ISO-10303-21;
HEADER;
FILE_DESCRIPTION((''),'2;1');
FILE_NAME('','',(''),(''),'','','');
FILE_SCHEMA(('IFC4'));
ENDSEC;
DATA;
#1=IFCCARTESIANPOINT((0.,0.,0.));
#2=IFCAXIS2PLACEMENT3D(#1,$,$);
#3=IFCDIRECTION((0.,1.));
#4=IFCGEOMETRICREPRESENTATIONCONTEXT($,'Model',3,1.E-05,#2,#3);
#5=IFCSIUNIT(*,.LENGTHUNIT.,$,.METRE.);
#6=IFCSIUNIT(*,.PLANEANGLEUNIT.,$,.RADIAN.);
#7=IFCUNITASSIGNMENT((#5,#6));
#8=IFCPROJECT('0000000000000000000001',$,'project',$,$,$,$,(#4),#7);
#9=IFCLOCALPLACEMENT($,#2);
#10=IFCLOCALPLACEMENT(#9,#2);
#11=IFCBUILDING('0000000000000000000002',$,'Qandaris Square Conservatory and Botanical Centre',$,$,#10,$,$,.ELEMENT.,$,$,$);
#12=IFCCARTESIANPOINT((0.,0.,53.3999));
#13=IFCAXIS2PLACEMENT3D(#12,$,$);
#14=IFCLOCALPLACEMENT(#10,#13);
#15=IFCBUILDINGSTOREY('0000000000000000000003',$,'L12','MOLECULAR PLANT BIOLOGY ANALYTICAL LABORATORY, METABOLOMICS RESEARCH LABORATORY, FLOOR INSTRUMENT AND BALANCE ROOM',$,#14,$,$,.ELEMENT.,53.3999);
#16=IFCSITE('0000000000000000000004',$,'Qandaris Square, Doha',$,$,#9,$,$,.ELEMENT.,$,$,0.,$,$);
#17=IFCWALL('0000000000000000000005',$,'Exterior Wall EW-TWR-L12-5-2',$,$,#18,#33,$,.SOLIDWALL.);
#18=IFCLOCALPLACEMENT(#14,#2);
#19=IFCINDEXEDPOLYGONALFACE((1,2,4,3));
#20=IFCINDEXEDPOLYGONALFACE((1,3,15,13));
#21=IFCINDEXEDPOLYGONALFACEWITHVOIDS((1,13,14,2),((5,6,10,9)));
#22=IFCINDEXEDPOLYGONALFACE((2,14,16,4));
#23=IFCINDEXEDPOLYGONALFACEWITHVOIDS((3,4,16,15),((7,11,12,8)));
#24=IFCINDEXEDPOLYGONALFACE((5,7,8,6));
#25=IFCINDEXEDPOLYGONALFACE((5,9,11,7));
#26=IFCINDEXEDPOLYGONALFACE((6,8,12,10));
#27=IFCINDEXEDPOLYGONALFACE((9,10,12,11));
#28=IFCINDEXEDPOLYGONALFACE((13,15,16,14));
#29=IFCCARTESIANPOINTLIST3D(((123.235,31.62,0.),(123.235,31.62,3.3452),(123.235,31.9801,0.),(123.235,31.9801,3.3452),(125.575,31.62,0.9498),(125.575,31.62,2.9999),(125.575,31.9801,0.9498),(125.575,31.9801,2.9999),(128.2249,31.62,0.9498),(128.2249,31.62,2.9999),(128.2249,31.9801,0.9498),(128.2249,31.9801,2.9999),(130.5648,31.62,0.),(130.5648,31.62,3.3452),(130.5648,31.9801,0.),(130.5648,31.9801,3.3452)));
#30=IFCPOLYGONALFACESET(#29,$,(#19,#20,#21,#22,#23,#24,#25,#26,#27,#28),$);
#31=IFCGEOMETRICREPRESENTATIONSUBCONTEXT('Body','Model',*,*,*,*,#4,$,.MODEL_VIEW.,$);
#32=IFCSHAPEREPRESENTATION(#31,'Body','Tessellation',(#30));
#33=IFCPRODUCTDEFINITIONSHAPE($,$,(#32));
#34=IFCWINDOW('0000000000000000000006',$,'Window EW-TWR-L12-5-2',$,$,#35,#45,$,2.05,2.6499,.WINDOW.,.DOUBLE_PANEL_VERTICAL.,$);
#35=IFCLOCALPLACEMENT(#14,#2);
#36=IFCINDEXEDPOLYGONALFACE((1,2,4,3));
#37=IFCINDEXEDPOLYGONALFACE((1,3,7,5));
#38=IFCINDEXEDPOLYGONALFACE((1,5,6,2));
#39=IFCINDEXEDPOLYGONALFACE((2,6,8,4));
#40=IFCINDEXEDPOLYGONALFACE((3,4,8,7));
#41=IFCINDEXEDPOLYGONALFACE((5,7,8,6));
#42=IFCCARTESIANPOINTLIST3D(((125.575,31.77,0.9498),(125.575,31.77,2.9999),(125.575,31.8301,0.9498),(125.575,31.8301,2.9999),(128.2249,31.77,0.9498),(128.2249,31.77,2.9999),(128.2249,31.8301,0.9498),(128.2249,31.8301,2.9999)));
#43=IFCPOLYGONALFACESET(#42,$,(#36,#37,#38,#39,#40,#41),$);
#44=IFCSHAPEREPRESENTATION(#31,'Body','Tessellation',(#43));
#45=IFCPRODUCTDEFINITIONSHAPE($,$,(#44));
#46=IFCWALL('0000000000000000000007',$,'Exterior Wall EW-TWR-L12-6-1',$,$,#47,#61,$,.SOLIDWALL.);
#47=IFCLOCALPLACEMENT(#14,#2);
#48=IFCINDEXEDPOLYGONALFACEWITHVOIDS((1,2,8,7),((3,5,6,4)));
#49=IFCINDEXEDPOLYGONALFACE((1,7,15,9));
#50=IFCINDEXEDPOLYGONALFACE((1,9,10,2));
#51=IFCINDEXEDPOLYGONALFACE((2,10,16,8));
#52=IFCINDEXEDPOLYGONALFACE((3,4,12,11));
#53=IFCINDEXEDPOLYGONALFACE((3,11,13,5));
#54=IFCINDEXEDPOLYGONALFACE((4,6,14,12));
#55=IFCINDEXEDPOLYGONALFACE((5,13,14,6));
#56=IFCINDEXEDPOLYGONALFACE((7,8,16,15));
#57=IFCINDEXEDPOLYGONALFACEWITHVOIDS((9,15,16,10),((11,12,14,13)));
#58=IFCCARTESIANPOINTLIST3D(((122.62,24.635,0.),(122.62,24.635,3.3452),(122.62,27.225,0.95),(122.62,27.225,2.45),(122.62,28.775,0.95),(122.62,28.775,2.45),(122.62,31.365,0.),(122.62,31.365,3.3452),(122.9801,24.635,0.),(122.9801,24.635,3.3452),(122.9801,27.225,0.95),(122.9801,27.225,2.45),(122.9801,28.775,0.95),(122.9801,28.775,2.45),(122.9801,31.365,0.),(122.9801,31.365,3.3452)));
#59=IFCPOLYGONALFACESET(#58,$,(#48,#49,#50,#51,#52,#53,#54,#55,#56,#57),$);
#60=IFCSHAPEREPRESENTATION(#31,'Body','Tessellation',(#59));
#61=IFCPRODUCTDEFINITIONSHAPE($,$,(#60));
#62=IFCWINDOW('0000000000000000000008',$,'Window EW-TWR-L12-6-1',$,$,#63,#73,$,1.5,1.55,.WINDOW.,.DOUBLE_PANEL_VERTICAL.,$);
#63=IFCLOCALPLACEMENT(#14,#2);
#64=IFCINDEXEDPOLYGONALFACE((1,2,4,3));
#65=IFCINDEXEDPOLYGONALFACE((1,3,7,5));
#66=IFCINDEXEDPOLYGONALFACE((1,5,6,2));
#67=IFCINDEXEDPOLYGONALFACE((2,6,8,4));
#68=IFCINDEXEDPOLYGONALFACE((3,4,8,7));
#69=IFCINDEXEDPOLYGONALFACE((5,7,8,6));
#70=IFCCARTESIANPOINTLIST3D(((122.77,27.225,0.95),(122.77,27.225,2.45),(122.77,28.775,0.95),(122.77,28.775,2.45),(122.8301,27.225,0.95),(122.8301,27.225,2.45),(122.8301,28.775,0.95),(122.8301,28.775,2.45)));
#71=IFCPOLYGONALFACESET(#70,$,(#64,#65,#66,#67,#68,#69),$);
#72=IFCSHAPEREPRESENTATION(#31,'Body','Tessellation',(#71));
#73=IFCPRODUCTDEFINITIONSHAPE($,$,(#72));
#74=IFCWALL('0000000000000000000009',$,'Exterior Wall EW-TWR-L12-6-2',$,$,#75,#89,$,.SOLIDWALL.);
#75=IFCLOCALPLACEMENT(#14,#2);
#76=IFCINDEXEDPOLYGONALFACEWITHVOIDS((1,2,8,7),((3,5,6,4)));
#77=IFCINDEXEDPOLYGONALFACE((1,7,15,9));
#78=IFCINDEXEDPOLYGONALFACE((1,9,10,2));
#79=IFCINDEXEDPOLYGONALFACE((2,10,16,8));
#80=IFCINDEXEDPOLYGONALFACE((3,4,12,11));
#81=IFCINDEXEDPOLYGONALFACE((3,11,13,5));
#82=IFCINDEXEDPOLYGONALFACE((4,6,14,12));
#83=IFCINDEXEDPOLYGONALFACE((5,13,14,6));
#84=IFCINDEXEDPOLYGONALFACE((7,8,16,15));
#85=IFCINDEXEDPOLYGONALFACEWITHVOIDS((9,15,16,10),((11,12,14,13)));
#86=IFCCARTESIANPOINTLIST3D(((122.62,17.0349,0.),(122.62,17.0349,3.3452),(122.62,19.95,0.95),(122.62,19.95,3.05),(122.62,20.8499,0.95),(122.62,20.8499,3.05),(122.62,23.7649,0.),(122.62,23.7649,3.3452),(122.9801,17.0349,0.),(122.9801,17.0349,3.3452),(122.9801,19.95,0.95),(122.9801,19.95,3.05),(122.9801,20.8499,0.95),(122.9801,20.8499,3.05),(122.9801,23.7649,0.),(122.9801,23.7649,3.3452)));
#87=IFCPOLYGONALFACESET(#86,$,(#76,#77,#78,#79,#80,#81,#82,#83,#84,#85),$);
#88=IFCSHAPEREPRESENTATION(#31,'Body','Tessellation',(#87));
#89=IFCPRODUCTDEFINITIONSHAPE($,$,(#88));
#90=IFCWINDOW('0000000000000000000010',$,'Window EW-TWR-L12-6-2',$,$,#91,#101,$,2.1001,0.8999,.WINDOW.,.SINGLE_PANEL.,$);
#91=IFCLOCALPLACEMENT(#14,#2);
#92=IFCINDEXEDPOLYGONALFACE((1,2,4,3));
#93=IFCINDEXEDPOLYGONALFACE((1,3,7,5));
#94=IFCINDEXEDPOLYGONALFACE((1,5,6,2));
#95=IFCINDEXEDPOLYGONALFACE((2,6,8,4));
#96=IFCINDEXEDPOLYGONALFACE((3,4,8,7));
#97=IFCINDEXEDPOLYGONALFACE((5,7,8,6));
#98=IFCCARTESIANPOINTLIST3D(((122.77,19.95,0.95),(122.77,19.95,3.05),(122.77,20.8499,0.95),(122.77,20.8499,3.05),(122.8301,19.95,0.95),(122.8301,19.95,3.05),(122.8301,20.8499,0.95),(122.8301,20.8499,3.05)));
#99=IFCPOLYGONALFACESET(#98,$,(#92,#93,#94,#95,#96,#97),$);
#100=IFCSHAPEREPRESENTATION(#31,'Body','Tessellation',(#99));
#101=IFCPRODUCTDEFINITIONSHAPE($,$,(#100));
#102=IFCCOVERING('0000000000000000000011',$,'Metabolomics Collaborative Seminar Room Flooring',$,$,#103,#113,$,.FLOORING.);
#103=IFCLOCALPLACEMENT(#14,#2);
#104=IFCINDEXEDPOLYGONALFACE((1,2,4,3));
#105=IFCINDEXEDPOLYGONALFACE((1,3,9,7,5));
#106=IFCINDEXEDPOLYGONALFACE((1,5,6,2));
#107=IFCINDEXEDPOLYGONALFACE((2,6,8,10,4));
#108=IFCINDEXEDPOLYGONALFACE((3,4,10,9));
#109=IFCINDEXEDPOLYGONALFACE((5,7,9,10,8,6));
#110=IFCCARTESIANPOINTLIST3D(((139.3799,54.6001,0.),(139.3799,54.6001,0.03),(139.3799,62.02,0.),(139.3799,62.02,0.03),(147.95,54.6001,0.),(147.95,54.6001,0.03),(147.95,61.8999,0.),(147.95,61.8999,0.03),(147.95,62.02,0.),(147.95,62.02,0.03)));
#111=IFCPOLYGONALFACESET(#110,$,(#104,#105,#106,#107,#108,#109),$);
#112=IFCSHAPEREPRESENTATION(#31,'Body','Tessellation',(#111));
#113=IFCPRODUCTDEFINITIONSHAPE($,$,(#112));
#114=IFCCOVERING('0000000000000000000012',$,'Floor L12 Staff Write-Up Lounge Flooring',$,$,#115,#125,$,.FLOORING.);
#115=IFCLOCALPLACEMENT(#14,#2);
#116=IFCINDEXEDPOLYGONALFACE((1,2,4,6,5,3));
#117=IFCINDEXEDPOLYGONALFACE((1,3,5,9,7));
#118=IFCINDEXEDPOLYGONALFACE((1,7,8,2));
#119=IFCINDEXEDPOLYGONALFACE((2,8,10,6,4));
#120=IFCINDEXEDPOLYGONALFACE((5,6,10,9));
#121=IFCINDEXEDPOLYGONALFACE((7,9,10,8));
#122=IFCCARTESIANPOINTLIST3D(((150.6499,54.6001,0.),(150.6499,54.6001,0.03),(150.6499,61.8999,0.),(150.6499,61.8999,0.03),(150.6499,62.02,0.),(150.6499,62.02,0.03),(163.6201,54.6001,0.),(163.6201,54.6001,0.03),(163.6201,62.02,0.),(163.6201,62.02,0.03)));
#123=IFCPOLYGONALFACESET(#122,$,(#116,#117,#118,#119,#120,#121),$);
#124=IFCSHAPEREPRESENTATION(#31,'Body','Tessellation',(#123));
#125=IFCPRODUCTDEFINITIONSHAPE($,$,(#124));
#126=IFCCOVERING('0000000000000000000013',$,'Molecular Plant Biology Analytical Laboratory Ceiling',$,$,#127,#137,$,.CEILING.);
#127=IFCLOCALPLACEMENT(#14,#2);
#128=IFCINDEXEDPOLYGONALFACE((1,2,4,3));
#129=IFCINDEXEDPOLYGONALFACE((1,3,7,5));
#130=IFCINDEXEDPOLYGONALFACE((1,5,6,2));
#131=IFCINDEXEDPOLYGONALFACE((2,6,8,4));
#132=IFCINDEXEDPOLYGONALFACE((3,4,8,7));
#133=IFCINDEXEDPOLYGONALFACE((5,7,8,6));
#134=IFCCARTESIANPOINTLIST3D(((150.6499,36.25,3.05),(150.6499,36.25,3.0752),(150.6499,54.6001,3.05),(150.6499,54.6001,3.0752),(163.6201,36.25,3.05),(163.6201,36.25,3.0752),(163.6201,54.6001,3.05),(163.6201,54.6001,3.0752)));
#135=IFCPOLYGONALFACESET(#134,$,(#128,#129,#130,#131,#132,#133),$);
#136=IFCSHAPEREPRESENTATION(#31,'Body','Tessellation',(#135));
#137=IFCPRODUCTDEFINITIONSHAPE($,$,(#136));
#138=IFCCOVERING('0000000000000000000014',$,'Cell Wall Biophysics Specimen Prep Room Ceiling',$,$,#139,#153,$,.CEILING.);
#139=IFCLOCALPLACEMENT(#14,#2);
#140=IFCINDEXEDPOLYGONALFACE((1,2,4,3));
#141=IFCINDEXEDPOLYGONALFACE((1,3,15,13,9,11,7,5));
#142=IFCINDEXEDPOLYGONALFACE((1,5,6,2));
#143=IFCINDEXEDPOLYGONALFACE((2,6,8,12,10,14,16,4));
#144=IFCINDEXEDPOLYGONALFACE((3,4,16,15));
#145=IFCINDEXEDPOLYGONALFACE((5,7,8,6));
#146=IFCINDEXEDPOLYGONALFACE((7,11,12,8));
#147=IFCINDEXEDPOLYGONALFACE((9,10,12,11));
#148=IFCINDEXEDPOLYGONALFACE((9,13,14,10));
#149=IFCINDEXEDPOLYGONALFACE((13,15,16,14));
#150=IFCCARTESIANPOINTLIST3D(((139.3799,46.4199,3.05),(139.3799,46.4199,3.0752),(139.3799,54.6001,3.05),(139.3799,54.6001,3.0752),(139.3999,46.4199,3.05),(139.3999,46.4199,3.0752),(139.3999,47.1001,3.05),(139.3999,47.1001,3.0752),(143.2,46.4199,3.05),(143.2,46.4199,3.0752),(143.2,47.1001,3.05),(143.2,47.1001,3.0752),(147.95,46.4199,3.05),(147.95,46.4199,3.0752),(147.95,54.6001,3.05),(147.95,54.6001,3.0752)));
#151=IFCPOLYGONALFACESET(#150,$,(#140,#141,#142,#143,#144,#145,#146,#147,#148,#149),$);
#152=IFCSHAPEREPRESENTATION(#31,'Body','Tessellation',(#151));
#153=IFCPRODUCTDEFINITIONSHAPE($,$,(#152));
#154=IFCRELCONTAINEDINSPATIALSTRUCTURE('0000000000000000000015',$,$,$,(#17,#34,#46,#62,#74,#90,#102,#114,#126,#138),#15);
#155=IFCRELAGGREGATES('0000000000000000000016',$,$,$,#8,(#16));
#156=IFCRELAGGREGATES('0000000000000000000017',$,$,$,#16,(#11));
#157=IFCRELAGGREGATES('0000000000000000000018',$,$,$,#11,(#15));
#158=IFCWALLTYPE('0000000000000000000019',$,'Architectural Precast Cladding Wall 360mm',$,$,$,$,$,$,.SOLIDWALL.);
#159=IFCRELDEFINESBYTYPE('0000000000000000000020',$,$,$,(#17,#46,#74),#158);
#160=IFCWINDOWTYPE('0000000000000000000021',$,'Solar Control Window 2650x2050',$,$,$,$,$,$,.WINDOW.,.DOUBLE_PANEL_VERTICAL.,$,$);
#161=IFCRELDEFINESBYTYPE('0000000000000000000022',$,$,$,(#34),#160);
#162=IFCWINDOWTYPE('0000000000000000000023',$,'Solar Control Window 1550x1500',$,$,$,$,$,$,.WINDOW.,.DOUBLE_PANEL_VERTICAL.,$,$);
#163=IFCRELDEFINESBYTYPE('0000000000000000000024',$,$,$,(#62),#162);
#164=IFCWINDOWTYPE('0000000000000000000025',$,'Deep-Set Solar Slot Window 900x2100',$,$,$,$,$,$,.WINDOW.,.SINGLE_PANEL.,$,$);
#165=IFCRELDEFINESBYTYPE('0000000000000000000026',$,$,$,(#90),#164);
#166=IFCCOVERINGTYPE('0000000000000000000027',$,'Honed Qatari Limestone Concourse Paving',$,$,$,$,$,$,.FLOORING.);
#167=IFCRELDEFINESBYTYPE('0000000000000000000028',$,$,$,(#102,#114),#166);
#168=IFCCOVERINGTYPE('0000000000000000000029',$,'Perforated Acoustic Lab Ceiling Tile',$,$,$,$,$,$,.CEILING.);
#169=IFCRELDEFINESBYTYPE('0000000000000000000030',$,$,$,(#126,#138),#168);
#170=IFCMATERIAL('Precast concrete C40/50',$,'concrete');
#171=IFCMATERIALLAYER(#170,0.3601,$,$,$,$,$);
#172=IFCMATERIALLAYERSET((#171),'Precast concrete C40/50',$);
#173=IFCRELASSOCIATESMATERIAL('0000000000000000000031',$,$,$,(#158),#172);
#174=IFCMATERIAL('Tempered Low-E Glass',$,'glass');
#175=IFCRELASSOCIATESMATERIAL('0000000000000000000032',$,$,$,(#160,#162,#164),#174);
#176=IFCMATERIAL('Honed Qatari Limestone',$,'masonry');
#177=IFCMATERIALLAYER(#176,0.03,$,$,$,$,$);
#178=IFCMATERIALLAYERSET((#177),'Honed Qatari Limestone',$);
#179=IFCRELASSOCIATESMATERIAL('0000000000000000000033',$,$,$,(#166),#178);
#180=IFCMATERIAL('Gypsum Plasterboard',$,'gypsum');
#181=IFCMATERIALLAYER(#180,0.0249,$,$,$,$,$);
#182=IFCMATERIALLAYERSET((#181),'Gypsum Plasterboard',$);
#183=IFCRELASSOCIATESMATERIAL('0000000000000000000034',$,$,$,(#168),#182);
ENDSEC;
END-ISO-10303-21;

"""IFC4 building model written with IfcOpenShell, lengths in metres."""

from ifc_helpers import new_model, si_unit, direction, frame, frame_2d, origin, place, context, subcontext, project, spatial, polyline, rectangle, outline, extrude, material, layer, layer_set, type_object, element, fill, save


model = new_model("IFC4")

# Units and contexts
model_context = context("Model", 3, precision=1e-05, world=origin(), true_north=direction((0.0, 1.0)))
body_context = subcontext(model_context, "Body", "Model", "MODEL_VIEW")
ifc_project = project(units=[si_unit("LENGTHUNIT", "METRE"), si_unit("PLANEANGLEUNIT", "RADIAN")], contexts=[model_context])

# Site, building, storey
site_placement = place(None, origin())
site = spatial("IfcSite", under=ifc_project, at=site_placement, Name="Qandaris Square, Doha", CompositionType="ELEMENT", RefElevation=0.0)
building_placement = place(site_placement, origin())
building = spatial("IfcBuilding", under=site, at=building_placement, Name="Qandaris Square Conservatory and Botanical Centre", CompositionType="ELEMENT")
storey_placement = place(building_placement, frame((0.0, 0.0, 53.3999)))
storey = spatial("IfcBuildingStorey", under=building, at=storey_placement, Name="L12", Description="MOLECULAR PLANT BIOLOGY ANALYTICAL LABORATORY, METABOLOMICS RESEARCH LABORATORY, FLOOR INSTRUMENT AND BALANCE ROOM", CompositionType="ELEMENT", Elevation=53.3999)

# Shared definitions
ifc_material_1 = material(Name="Gypsum Plasterboard", Category="gypsum")

# Walls, openings, windows
ifc_material_2 = material(Name="Precast concrete C40/50", Category="concrete")
ifc_layer_1 = layer(ifc_material_2, 0.3601)
ifc_layer_set_1 = layer_set([ifc_layer_1], Name="Precast concrete C40/50")
wall_type_1 = type_object("IfcWallType", Name="Architectural Precast Cladding Wall 360mm", PredefinedType="SOLIDWALL", material=ifc_layer_set_1)
ifc_material_3 = material(Name="Tempered Low-E Glass", Category="glass")
wall_1_placement = place(storey_placement, frame((130.5649, 31.8, 0.0), z_axis=(0.0, 0.0, 1.0), x_axis=(-1.0, 0.0, 0.0)))
wall_1 = element("IfcWall", 1, at=wall_1_placement, inside=storey, type_object=wall_type_1, Name="Exterior Wall EW-TWR-L12-5-2", PredefinedType="SOLIDWALL", context=body_context, shape_type="SweptSolid", body=[
    extrude(rectangle(XDim=7.3298, YDim=0.3601, at=frame_2d((3.665, 0.0))), origin(), (0.0, 0.0, 1.0), 3.3452),
])
opening_1_placement = place(wall_1_placement, frame((2.3401, 0.0, 0.95)))
opening_1 = element("IfcOpeningElement", 2, at=opening_1_placement, cuts=wall_1, PredefinedType="OPENING", context=body_context, shape_type="SweptSolid", body=[
    extrude(rectangle(XDim=2.6499, YDim=2.05, at=frame_2d((1.325, 1.0249))), frame((0.0, 0.1919, 0.0), z_axis=(0.0, -1.0, 0.0), x_axis=(1.0, 0.0, 0.0)), (0.0, 0.0, 1.0), 0.384),
])
window_type_1 = type_object("IfcWindowType", Name="Solar Control Window 2650x2050", PartitioningType="DOUBLE_PANEL_VERTICAL", PredefinedType="WINDOW", material=ifc_material_3)
window_1_placement = place(opening_1_placement, origin())
window_1 = element("IfcWindow", 3, at=window_1_placement, inside=storey, type_object=window_type_1, Name="Window EW-TWR-L12-5-2", OverallHeight=2.05, OverallWidth=2.6499, PartitioningType="DOUBLE_PANEL_VERTICAL", PredefinedType="WINDOW", context=body_context, shape_type="SweptSolid", body=[
    extrude(rectangle(XDim=2.6499, YDim=2.05, at=frame_2d((1.325, 1.0249))), frame((0.0, 0.03, 0.0), z_axis=(0.0, -1.0, 0.0), x_axis=(1.0, 0.0, 0.0)), (0.0, 0.0, 1.0), 0.0601),
])
fill(opening_1, window_1)
wall_2_placement = place(storey_placement, frame((122.8, 31.365, 0.0), z_axis=(0.0, 0.0, 1.0), x_axis=(0.0, -1.0, 0.0)))
wall_2 = element("IfcWall", 4, at=wall_2_placement, inside=storey, type_object=wall_type_1, Name="Exterior Wall EW-TWR-L12-6-1", PredefinedType="SOLIDWALL", context=body_context, shape_type="SweptSolid", body=[
    extrude(rectangle(XDim=6.73, YDim=0.3601, at=frame_2d((3.365, 0.0))), origin(), (0.0, 0.0, 1.0), 3.3452),
])
opening_2_placement = place(wall_2_placement, frame((2.5901, 0.0, 0.95)))
opening_2 = element("IfcOpeningElement", 5, at=opening_2_placement, cuts=wall_2, PredefinedType="OPENING", context=body_context, shape_type="SweptSolid", body=[
    extrude(rectangle(XDim=1.55, YDim=1.5, at=frame_2d((0.7749, 0.75))), frame((0.0, 0.1919, 0.0), z_axis=(0.0, -1.0, 0.0), x_axis=(1.0, 0.0, 0.0)), (0.0, 0.0, 1.0), 0.384),
])
window_type_2 = type_object("IfcWindowType", Name="Solar Control Window 1550x1500", PartitioningType="DOUBLE_PANEL_VERTICAL", PredefinedType="WINDOW", material=ifc_material_3)
window_2_placement = place(opening_2_placement, origin())
window_2 = element("IfcWindow", 6, at=window_2_placement, inside=storey, type_object=window_type_2, Name="Window EW-TWR-L12-6-1", OverallHeight=1.5, OverallWidth=1.55, PartitioningType="DOUBLE_PANEL_VERTICAL", PredefinedType="WINDOW", context=body_context, shape_type="SweptSolid", body=[
    extrude(rectangle(XDim=1.55, YDim=1.5, at=frame_2d((0.7749, 0.75))), frame((0.0, 0.03, 0.0), z_axis=(0.0, -1.0, 0.0), x_axis=(1.0, 0.0, 0.0)), (0.0, 0.0, 1.0), 0.0601),
])
fill(opening_2, window_2)
wall_3_placement = place(storey_placement, frame((122.8, 23.7649, 0.0), z_axis=(0.0, 0.0, 1.0), x_axis=(0.0, -1.0, 0.0)))
wall_3 = element("IfcWall", 7, at=wall_3_placement, inside=storey, type_object=wall_type_1, Name="Exterior Wall EW-TWR-L12-6-2", PredefinedType="SOLIDWALL", context=body_context, shape_type="SweptSolid", body=[
    extrude(rectangle(XDim=6.73, YDim=0.3601, at=frame_2d((3.365, 0.0))), origin(), (0.0, 0.0, 1.0), 3.3452),
])
opening_3_placement = place(wall_3_placement, frame((2.915, 0.0, 0.95)))
opening_3 = element("IfcOpeningElement", 8, at=opening_3_placement, cuts=wall_3, PredefinedType="OPENING", context=body_context, shape_type="SweptSolid", body=[
    extrude(rectangle(XDim=0.8999, YDim=2.1001, at=frame_2d((0.45, 1.05))), frame((0.0, 0.1919, 0.0), z_axis=(0.0, -1.0, 0.0), x_axis=(1.0, 0.0, 0.0)), (0.0, 0.0, 1.0), 0.384),
])
window_type_3 = type_object("IfcWindowType", Name="Deep-Set Solar Slot Window 900x2100", PartitioningType="SINGLE_PANEL", PredefinedType="WINDOW", material=ifc_material_3)
window_3_placement = place(opening_3_placement, origin())
window_3 = element("IfcWindow", 9, at=window_3_placement, inside=storey, type_object=window_type_3, Name="Window EW-TWR-L12-6-2", OverallHeight=2.1001, OverallWidth=0.8999, PartitioningType="SINGLE_PANEL", PredefinedType="WINDOW", context=body_context, shape_type="SweptSolid", body=[
    extrude(rectangle(XDim=0.8999, YDim=2.1001, at=frame_2d((0.45, 1.05))), frame((0.0, 0.03, 0.0), z_axis=(0.0, -1.0, 0.0), x_axis=(1.0, 0.0, 0.0)), (0.0, 0.0, 1.0), 0.0601),
])
fill(opening_3, window_3)

# Coverings
ifc_material_4 = material(Name="Honed Qatari Limestone", Category="masonry")
ifc_layer_2 = layer(ifc_material_4, 0.03)
ifc_layer_set_2 = layer_set([ifc_layer_2], Name="Honed Qatari Limestone")
covering_type_1 = type_object("IfcCoveringType", Name="Honed Qatari Limestone Concourse Paving", PredefinedType="FLOORING", material=ifc_layer_set_2)
covering_1_placement = place(storey_placement, origin())
element("IfcCovering", 10, at=covering_1_placement, inside=storey, type_object=covering_type_1, Name="Metabolomics Collaborative Seminar Room Flooring", PredefinedType="FLOORING", context=body_context, shape_type="SweptSolid", body=[
    extrude(outline(polyline([(147.95, 61.8999), (147.95, 54.6001), (139.3799, 54.6001), (139.3799, 62.02), (147.95, 62.02), (147.95, 61.8999)])), origin(), (0.0, 0.0, 1.0), 0.03),
])
covering_2_placement = place(storey_placement, origin())
element("IfcCovering", 11, at=covering_2_placement, inside=storey, type_object=covering_type_1, Name="Floor L12 Staff Write-Up Lounge Flooring", PredefinedType="FLOORING", context=body_context, shape_type="SweptSolid", body=[
    extrude(outline(polyline([(150.6499, 54.6001), (150.6499, 61.8999), (150.6499, 62.02), (163.6201, 62.02), (163.6201, 54.6001), (150.6499, 54.6001)])), origin(), (0.0, 0.0, 1.0), 0.03),
])
ifc_layer_3 = layer(ifc_material_1, 0.0249)
ifc_layer_set_3 = layer_set([ifc_layer_3], Name="Gypsum Plasterboard")
covering_type_2 = type_object("IfcCoveringType", Name="Perforated Acoustic Lab Ceiling Tile", PredefinedType="CEILING", material=ifc_layer_set_3)
covering_3_placement = place(storey_placement, frame((0.0, 0.0, 3.05)))
element("IfcCovering", 12, at=covering_3_placement, inside=storey, type_object=covering_type_2, Name="Molecular Plant Biology Analytical Laboratory Ceiling", PredefinedType="CEILING", context=body_context, shape_type="SweptSolid", body=[
    extrude(outline(polyline([(150.6499, 54.6001), (163.6201, 54.6001), (163.6201, 36.25), (150.6499, 36.25), (150.6499, 54.6001)])), origin(), (0.0, 0.0, 1.0), 0.0251),
])
covering_4_placement = place(storey_placement, frame((0.0, 0.0, 3.05)))
element("IfcCovering", 13, at=covering_4_placement, inside=storey, type_object=covering_type_2, Name="Cell Wall Biophysics Specimen Prep Room Ceiling", PredefinedType="CEILING", context=body_context, shape_type="SweptSolid", body=[
    extrude(outline(polyline([(147.95, 46.4199), (143.2, 46.4199), (143.2, 47.1001), (139.3999, 47.1001), (139.3999, 46.4199), (139.3799, 46.4199), (139.3799, 54.6001), (147.95, 54.6001), (147.95, 46.4199)])), origin(), (0.0, 0.0, 1.0), 0.0251),
])

save(model, "model.ifc")
